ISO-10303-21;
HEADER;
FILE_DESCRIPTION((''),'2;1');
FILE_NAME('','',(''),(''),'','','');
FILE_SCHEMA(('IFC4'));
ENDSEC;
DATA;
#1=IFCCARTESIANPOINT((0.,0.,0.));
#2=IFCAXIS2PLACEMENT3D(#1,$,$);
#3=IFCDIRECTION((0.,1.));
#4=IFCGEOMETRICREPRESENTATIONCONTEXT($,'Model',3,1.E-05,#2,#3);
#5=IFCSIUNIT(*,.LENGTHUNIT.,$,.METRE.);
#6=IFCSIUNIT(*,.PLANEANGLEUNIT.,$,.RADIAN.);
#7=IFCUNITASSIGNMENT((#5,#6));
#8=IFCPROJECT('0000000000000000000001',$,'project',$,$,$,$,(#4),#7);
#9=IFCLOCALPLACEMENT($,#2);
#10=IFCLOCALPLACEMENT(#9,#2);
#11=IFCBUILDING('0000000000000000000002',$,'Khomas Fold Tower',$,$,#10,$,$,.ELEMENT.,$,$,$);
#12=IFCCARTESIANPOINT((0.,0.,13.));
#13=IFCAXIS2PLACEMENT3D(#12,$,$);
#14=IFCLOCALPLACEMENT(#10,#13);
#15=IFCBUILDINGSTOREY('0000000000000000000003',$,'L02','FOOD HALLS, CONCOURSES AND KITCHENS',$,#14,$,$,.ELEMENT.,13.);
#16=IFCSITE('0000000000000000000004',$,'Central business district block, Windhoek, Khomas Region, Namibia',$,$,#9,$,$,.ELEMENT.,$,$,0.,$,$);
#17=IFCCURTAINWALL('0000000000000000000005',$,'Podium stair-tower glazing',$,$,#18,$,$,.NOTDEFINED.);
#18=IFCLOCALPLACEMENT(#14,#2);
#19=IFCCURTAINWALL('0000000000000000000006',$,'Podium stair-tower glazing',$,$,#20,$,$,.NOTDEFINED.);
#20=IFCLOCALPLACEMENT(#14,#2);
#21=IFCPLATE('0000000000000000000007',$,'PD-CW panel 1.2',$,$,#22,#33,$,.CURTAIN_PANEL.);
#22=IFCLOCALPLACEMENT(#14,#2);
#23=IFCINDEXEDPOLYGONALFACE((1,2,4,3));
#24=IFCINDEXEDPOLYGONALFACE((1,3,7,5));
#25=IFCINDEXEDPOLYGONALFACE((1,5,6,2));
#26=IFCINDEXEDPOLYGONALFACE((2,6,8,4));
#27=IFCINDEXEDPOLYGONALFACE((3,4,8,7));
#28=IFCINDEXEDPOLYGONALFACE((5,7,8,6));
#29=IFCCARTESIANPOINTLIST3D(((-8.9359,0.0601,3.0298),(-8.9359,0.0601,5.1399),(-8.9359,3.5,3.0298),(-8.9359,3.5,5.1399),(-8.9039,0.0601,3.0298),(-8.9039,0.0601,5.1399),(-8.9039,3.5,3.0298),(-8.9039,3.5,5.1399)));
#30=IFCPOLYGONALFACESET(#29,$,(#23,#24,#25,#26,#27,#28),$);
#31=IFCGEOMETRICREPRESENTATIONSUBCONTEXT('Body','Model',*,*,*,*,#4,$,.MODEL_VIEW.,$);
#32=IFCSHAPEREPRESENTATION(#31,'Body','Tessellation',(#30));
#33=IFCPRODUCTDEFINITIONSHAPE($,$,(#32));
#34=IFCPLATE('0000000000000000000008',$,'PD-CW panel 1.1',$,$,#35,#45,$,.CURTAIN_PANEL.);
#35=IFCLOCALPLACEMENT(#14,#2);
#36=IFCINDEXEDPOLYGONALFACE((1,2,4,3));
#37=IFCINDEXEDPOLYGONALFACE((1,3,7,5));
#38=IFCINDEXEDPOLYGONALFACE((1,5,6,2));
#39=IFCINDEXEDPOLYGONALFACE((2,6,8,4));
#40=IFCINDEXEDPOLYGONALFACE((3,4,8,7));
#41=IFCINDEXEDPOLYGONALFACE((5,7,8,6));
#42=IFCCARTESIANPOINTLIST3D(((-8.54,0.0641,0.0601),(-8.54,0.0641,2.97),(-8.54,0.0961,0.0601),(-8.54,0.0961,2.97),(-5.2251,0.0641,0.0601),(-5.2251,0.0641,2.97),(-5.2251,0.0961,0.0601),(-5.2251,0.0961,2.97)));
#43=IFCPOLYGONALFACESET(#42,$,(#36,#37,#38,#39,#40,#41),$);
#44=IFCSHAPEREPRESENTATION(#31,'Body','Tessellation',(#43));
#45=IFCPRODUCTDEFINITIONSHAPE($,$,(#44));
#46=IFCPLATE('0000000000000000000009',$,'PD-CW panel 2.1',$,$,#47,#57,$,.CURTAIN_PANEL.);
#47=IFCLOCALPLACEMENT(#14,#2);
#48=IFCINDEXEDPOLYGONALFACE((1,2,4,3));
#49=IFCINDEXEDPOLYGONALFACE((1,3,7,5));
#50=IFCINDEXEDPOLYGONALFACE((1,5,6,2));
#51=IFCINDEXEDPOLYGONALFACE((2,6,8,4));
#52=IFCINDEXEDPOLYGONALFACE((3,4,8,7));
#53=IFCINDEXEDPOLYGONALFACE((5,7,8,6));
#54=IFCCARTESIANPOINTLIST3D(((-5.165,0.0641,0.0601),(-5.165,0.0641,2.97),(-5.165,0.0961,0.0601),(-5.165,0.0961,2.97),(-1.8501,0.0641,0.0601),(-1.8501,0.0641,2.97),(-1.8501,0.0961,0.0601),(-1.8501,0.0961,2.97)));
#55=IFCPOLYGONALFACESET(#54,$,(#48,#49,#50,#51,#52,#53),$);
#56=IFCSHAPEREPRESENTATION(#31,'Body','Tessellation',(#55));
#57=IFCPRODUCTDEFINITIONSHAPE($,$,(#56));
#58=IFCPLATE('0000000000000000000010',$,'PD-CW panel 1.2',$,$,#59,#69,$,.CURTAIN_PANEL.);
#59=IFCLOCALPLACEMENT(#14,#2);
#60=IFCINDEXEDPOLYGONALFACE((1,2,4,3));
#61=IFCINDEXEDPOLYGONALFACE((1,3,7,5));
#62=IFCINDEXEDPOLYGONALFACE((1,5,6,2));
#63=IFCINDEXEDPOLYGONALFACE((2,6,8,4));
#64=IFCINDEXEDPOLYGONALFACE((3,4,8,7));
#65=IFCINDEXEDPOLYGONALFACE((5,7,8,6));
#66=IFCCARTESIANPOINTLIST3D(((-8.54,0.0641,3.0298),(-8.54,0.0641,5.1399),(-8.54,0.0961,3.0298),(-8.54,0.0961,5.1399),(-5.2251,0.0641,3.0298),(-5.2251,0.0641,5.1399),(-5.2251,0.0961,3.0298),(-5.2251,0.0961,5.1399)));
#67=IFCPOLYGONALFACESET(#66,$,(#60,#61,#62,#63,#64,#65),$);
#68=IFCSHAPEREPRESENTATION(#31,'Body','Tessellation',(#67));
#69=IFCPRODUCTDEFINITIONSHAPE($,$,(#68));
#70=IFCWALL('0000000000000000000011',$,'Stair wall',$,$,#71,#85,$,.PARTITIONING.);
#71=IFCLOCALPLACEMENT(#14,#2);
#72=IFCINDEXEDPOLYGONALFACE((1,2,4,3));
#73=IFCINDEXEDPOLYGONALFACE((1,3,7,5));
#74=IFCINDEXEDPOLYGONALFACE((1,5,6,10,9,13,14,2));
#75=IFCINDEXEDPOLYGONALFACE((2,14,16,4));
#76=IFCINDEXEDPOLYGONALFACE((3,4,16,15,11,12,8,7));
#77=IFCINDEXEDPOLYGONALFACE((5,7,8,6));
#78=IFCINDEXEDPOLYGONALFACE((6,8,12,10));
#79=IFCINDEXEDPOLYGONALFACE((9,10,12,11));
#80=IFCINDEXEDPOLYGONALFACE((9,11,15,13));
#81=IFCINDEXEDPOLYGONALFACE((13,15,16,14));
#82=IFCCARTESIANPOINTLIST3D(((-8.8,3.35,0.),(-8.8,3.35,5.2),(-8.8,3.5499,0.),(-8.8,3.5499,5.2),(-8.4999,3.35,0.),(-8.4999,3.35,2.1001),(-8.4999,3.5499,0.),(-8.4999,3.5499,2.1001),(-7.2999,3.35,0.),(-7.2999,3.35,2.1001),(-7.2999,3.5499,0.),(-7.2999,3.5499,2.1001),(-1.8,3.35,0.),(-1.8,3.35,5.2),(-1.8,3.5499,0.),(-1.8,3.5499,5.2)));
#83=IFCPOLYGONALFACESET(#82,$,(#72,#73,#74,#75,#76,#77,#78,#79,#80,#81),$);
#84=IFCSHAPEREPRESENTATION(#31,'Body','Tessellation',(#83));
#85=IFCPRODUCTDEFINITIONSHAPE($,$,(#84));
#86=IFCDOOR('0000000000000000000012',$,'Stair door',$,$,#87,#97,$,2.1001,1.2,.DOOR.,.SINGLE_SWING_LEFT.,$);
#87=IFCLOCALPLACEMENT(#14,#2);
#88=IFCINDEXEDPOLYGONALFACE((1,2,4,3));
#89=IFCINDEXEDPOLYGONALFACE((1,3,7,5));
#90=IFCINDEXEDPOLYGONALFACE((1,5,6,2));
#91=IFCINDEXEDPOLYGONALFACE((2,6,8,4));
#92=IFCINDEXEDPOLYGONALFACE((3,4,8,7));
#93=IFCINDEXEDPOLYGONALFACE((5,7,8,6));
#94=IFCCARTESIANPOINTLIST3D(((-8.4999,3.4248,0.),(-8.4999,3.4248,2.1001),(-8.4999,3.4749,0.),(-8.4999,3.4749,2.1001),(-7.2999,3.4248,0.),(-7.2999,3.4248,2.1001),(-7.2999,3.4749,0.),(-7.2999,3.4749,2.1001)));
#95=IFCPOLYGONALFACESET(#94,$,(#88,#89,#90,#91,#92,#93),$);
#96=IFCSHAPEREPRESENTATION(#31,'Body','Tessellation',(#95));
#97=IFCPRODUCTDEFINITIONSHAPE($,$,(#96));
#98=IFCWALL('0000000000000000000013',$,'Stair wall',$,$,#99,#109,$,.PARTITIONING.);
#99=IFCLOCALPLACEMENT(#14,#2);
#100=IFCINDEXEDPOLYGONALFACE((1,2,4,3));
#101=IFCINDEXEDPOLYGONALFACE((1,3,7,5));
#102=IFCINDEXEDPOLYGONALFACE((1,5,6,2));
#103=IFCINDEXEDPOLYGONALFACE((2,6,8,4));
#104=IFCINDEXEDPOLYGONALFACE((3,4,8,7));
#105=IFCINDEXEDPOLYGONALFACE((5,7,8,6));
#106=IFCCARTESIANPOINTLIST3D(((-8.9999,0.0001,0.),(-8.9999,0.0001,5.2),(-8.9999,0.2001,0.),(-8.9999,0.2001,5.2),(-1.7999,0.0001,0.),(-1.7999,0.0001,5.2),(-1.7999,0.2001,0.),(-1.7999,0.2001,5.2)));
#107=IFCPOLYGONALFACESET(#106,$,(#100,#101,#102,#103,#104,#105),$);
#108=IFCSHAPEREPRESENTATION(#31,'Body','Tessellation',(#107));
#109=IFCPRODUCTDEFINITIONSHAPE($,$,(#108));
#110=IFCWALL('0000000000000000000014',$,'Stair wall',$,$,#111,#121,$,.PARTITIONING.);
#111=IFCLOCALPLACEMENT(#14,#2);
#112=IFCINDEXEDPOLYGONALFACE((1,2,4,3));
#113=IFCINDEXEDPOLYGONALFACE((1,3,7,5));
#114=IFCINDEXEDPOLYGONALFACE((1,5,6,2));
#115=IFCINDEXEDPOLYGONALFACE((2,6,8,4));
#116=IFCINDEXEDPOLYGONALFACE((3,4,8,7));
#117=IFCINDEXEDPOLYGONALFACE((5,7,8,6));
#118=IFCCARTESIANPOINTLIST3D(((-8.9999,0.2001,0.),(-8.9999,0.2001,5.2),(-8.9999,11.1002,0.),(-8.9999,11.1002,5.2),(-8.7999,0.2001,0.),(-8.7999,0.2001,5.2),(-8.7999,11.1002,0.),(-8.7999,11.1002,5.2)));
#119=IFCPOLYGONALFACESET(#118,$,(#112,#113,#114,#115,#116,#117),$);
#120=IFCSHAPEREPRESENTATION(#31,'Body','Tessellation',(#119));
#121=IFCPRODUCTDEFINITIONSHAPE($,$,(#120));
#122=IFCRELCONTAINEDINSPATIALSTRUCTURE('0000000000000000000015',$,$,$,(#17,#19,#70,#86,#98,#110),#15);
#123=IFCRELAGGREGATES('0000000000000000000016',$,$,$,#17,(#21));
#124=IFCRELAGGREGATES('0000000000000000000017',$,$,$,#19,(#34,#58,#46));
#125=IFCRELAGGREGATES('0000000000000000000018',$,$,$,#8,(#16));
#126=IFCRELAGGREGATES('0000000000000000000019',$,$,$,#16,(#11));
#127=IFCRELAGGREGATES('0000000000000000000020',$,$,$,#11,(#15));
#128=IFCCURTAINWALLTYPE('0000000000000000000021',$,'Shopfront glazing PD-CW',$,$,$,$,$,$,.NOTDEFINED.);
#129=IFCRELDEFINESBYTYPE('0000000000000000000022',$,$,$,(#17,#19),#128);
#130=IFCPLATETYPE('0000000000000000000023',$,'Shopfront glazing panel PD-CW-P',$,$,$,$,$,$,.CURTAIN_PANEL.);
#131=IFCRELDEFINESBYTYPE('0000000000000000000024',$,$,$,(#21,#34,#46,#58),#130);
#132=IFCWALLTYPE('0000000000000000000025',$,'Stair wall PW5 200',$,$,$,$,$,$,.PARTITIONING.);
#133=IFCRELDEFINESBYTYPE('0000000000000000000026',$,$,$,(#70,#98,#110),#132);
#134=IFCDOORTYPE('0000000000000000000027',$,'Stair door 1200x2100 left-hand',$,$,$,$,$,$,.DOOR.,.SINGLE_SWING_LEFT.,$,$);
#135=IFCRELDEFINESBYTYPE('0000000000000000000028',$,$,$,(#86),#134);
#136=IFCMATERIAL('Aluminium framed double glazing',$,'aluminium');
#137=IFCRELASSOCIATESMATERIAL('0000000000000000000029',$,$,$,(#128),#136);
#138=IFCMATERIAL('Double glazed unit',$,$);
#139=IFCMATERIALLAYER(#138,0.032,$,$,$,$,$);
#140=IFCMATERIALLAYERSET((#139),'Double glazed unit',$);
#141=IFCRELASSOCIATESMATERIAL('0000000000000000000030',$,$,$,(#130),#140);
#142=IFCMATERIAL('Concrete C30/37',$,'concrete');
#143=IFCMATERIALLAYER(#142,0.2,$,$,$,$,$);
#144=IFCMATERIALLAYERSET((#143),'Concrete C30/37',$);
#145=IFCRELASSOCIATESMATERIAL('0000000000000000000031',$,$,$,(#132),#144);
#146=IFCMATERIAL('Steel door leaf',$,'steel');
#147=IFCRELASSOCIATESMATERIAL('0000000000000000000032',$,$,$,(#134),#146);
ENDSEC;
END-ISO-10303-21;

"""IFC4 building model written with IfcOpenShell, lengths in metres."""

from ifc_helpers import new_model, si_unit, direction, frame, frame_2d, origin, origin_2d, place, context, subcontext, project, spatial, rectangle, extrude, source, transform, mapped, material, layer, layer_set, type_object, element, fill, aggregate, save


model = new_model("IFC4")

# Units and contexts
model_context = context("Model", 3, precision=1e-05, world=origin(), true_north=direction((0.0, 1.0)))
body_context = subcontext(model_context, "Body", "Model", "MODEL_VIEW")
ifc_project = project(units=[si_unit("LENGTHUNIT", "METRE"), si_unit("PLANEANGLEUNIT", "RADIAN")], contexts=[model_context])

# Site, building, storey
site_placement = place(None, origin())
site = spatial("IfcSite", under=ifc_project, at=site_placement, Name="Central business district block, Windhoek, Khomas Region, Namibia", CompositionType="ELEMENT", RefElevation=0.0)
building_placement = place(site_placement, origin())
building = spatial("IfcBuilding", under=site, at=building_placement, Name="Khomas Fold Tower", CompositionType="ELEMENT")
storey_placement = place(building_placement, frame((0.0, 0.0, 13.0)))
storey = spatial("IfcBuildingStorey", under=building, at=storey_placement, Name="L02", Description="FOOD HALLS, CONCOURSES AND KITCHENS", CompositionType="ELEMENT", Elevation=13.0)

# Curtain wall
ifc_material_1 = material(Name="Aluminium framed double glazing", Category="aluminium")
curtain_wall_type = type_object("IfcCurtainWallType", Name="Shopfront glazing PD-CW", PredefinedType="NOTDEFINED", material=ifc_material_1)
curtain_wall_1_placement = place(storey_placement, origin())
curtain_wall_1 = element("IfcCurtainWall", 1, at=curtain_wall_1_placement, inside=storey, type_object=curtain_wall_type, Name="Podium stair-tower glazing", PredefinedType="NOTDEFINED")

# Curtain wall
curtain_wall_2_placement = place(storey_placement, origin())
curtain_wall_2 = element("IfcCurtainWall", 2, at=curtain_wall_2_placement, inside=storey, type_object=curtain_wall_type, Name="Podium stair-tower glazing", PredefinedType="NOTDEFINED")

# Plates
ifc_material_2 = material(Name="Double glazed unit")
ifc_layer_1 = layer(ifc_material_2, 0.032)
ifc_layer_set_1 = layer_set([ifc_layer_1], Name="Double glazed unit")
plate_type = type_object("IfcPlateType", Name="Shopfront glazing panel PD-CW-P", PredefinedType="CURTAIN_PANEL", material=ifc_layer_set_1)
shared_shape_1 = source(origin(), body_context, "Body", "SweptSolid", [
    extrude(rectangle(XDim=3.4399, YDim=0.032, at=origin_2d()), origin(), (0.0, 0.0, 1.0), 2.1101),
])
plate_1_placement = place(storey_placement, frame((-8.9199, 1.78, 3.0298), z_axis=(0.0, 0.0, 1.0), x_axis=(0.0, -1.0, 0.0)))
plate_1 = element("IfcPlate", 3, at=plate_1_placement, type_object=plate_type, Name="PD-CW panel 1.2", PredefinedType="CURTAIN_PANEL", context=body_context, shape_type="MappedRepresentation", body=[
    mapped(shared_shape_1, transform((0.0, 0.0, 0.0))),
])
aggregate(curtain_wall_1, [plate_1])
shared_shape_2 = source(origin(), body_context, "Body", "SweptSolid", [
    extrude(rectangle(XDim=3.3149, YDim=0.032, at=origin_2d()), origin(), (0.0, 0.0, 1.0), 2.9099),
])
plate_2_placement = place(storey_placement, frame((-6.8826, 0.0801, 0.0601), z_axis=(0.0, 0.0, 1.0), x_axis=(1.0, 0.0, 0.0)))
plate_2 = element("IfcPlate", 4, at=plate_2_placement, type_object=plate_type, Name="PD-CW panel 1.1", PredefinedType="CURTAIN_PANEL", context=body_context, shape_type="MappedRepresentation", body=[
    mapped(shared_shape_2, transform((0.0, 0.0, 0.0))),
])
plate_3_placement = place(storey_placement, frame((-3.5076, 0.0801, 0.0601), z_axis=(0.0, 0.0, 1.0), x_axis=(1.0, 0.0, 0.0)))
plate_3 = element("IfcPlate", 5, at=plate_3_placement, type_object=plate_type, Name="PD-CW panel 2.1", PredefinedType="CURTAIN_PANEL", context=body_context, shape_type="MappedRepresentation", body=[
    mapped(shared_shape_2, transform((0.0, 0.0, 0.0))),
])
shared_shape_3 = source(origin(), body_context, "Body", "SweptSolid", [
    extrude(rectangle(XDim=3.3149, YDim=0.032, at=origin_2d()), origin(), (0.0, 0.0, 1.0), 2.1101),
])
plate_4_placement = place(storey_placement, frame((-6.8826, 0.0801, 3.0298), z_axis=(0.0, 0.0, 1.0), x_axis=(1.0, 0.0, 0.0)))
plate_4 = element("IfcPlate", 6, at=plate_4_placement, type_object=plate_type, Name="PD-CW panel 1.2", PredefinedType="CURTAIN_PANEL", context=body_context, shape_type="MappedRepresentation", body=[
    mapped(shared_shape_3, transform((0.0, 0.0, 0.0))),
])
aggregate(curtain_wall_2, [plate_2, plate_4, plate_3])

# Wall, opening, door
ifc_material_3 = material(Name="Concrete C30/37", Category="concrete")
ifc_layer_2 = layer(ifc_material_3, 0.2)
ifc_layer_set_2 = layer_set([ifc_layer_2], Name="Concrete C30/37")
wall_type = type_object("IfcWallType", Name="Stair wall PW5 200", PredefinedType="PARTITIONING", material=ifc_layer_set_2)
shared_shape_4 = source(origin(), body_context, "Body", "SweptSolid", [
    extrude(rectangle(XDim=7.0, YDim=0.2, at=frame_2d((3.5, 0.0))), origin(), (0.0, 0.0, 1.0), 5.2),
])
wall_1_placement = place(storey_placement, frame((-8.8, 3.45, 0.0), z_axis=(0.0, 0.0, 1.0), x_axis=(1.0, 0.0, 0.0)))
wall_1 = element("IfcWall", 7, at=wall_1_placement, inside=storey, type_object=wall_type, Name="Stair wall", PredefinedType="PARTITIONING", context=body_context, shape_type="MappedRepresentation", body=[
    mapped(shared_shape_4, transform((0.0, 0.0, 0.0))),
])
shared_shape_5 = source(origin(), body_context, "Body", "SweptSolid", [
    extrude(rectangle(XDim=1.2, YDim=2.1001, at=frame_2d((0.6001, 1.05))), frame((0.0, 0.1099, 0.0), z_axis=(0.0, -1.0, 0.0), x_axis=(1.0, 0.0, 0.0)), (0.0, 0.0, 1.0), 0.22),
])
opening_placement = place(wall_1_placement, frame((0.3, 0.0, 0.0)))
opening = element("IfcOpeningElement", 8, at=opening_placement, cuts=wall_1, PredefinedType="OPENING", context=body_context, shape_type="MappedRepresentation", body=[
    mapped(shared_shape_5, transform((0.0, 0.0, 0.0))),
])
ifc_material_4 = material(Name="Steel door leaf", Category="steel")
door_type = type_object("IfcDoorType", Name="Stair door 1200x2100 left-hand", OperationType="SINGLE_SWING_LEFT", PredefinedType="DOOR", material=ifc_material_4)
shared_shape_6 = source(origin(), body_context, "Body", "SweptSolid", [
    extrude(rectangle(XDim=1.2, YDim=2.1001, at=frame_2d((0.6001, 1.05))), frame((0.0, 0.0249, 0.0), z_axis=(0.0, -1.0, 0.0), x_axis=(1.0, 0.0, 0.0)), (0.0, 0.0, 1.0), 0.05),
])
door_placement = place(opening_placement, origin())
door = element("IfcDoor", 9, at=door_placement, inside=storey, type_object=door_type, Name="Stair door", OperationType="SINGLE_SWING_LEFT", OverallHeight=2.1001, OverallWidth=1.2, PredefinedType="DOOR", context=body_context, shape_type="MappedRepresentation", body=[
    mapped(shared_shape_6, transform((0.0, 0.0, 0.0))),
])
fill(opening, door)

# Walls
shared_shape_7 = source(origin(), body_context, "Body", "SweptSolid", [
    extrude(rectangle(XDim=7.2, YDim=0.2, at=frame_2d((3.6001, 0.0))), origin(), (0.0, 0.0, 1.0), 5.2),
])
wall_2_placement = place(storey_placement, frame((-9.0, 0.1001, 0.0), z_axis=(0.0, 0.0, 1.0), x_axis=(1.0, 0.0, 0.0)))
element("IfcWall", 10, at=wall_2_placement, inside=storey, type_object=wall_type, Name="Stair wall", PredefinedType="PARTITIONING", context=body_context, shape_type="MappedRepresentation", body=[
    mapped(shared_shape_7, transform((0.0, 0.0, 0.0))),
])
shared_shape_8 = source(origin(), body_context, "Body", "SweptSolid", [
    extrude(rectangle(XDim=10.9001, YDim=0.2, at=frame_2d((5.4502, 0.0))), origin(), (0.0, 0.0, 1.0), 5.2),
])
wall_3_placement = place(storey_placement, frame((-8.8999, 0.2, 0.0), z_axis=(0.0, 0.0, 1.0), x_axis=(0.0, 1.0, 0.0)))
element("IfcWall", 11, at=wall_3_placement, inside=storey, type_object=wall_type, Name="Stair wall", PredefinedType="PARTITIONING", context=body_context, shape_type="MappedRepresentation", body=[
    mapped(shared_shape_8, transform((0.0, 0.0, 0.0))),
])

save(model, "model.ifc")
